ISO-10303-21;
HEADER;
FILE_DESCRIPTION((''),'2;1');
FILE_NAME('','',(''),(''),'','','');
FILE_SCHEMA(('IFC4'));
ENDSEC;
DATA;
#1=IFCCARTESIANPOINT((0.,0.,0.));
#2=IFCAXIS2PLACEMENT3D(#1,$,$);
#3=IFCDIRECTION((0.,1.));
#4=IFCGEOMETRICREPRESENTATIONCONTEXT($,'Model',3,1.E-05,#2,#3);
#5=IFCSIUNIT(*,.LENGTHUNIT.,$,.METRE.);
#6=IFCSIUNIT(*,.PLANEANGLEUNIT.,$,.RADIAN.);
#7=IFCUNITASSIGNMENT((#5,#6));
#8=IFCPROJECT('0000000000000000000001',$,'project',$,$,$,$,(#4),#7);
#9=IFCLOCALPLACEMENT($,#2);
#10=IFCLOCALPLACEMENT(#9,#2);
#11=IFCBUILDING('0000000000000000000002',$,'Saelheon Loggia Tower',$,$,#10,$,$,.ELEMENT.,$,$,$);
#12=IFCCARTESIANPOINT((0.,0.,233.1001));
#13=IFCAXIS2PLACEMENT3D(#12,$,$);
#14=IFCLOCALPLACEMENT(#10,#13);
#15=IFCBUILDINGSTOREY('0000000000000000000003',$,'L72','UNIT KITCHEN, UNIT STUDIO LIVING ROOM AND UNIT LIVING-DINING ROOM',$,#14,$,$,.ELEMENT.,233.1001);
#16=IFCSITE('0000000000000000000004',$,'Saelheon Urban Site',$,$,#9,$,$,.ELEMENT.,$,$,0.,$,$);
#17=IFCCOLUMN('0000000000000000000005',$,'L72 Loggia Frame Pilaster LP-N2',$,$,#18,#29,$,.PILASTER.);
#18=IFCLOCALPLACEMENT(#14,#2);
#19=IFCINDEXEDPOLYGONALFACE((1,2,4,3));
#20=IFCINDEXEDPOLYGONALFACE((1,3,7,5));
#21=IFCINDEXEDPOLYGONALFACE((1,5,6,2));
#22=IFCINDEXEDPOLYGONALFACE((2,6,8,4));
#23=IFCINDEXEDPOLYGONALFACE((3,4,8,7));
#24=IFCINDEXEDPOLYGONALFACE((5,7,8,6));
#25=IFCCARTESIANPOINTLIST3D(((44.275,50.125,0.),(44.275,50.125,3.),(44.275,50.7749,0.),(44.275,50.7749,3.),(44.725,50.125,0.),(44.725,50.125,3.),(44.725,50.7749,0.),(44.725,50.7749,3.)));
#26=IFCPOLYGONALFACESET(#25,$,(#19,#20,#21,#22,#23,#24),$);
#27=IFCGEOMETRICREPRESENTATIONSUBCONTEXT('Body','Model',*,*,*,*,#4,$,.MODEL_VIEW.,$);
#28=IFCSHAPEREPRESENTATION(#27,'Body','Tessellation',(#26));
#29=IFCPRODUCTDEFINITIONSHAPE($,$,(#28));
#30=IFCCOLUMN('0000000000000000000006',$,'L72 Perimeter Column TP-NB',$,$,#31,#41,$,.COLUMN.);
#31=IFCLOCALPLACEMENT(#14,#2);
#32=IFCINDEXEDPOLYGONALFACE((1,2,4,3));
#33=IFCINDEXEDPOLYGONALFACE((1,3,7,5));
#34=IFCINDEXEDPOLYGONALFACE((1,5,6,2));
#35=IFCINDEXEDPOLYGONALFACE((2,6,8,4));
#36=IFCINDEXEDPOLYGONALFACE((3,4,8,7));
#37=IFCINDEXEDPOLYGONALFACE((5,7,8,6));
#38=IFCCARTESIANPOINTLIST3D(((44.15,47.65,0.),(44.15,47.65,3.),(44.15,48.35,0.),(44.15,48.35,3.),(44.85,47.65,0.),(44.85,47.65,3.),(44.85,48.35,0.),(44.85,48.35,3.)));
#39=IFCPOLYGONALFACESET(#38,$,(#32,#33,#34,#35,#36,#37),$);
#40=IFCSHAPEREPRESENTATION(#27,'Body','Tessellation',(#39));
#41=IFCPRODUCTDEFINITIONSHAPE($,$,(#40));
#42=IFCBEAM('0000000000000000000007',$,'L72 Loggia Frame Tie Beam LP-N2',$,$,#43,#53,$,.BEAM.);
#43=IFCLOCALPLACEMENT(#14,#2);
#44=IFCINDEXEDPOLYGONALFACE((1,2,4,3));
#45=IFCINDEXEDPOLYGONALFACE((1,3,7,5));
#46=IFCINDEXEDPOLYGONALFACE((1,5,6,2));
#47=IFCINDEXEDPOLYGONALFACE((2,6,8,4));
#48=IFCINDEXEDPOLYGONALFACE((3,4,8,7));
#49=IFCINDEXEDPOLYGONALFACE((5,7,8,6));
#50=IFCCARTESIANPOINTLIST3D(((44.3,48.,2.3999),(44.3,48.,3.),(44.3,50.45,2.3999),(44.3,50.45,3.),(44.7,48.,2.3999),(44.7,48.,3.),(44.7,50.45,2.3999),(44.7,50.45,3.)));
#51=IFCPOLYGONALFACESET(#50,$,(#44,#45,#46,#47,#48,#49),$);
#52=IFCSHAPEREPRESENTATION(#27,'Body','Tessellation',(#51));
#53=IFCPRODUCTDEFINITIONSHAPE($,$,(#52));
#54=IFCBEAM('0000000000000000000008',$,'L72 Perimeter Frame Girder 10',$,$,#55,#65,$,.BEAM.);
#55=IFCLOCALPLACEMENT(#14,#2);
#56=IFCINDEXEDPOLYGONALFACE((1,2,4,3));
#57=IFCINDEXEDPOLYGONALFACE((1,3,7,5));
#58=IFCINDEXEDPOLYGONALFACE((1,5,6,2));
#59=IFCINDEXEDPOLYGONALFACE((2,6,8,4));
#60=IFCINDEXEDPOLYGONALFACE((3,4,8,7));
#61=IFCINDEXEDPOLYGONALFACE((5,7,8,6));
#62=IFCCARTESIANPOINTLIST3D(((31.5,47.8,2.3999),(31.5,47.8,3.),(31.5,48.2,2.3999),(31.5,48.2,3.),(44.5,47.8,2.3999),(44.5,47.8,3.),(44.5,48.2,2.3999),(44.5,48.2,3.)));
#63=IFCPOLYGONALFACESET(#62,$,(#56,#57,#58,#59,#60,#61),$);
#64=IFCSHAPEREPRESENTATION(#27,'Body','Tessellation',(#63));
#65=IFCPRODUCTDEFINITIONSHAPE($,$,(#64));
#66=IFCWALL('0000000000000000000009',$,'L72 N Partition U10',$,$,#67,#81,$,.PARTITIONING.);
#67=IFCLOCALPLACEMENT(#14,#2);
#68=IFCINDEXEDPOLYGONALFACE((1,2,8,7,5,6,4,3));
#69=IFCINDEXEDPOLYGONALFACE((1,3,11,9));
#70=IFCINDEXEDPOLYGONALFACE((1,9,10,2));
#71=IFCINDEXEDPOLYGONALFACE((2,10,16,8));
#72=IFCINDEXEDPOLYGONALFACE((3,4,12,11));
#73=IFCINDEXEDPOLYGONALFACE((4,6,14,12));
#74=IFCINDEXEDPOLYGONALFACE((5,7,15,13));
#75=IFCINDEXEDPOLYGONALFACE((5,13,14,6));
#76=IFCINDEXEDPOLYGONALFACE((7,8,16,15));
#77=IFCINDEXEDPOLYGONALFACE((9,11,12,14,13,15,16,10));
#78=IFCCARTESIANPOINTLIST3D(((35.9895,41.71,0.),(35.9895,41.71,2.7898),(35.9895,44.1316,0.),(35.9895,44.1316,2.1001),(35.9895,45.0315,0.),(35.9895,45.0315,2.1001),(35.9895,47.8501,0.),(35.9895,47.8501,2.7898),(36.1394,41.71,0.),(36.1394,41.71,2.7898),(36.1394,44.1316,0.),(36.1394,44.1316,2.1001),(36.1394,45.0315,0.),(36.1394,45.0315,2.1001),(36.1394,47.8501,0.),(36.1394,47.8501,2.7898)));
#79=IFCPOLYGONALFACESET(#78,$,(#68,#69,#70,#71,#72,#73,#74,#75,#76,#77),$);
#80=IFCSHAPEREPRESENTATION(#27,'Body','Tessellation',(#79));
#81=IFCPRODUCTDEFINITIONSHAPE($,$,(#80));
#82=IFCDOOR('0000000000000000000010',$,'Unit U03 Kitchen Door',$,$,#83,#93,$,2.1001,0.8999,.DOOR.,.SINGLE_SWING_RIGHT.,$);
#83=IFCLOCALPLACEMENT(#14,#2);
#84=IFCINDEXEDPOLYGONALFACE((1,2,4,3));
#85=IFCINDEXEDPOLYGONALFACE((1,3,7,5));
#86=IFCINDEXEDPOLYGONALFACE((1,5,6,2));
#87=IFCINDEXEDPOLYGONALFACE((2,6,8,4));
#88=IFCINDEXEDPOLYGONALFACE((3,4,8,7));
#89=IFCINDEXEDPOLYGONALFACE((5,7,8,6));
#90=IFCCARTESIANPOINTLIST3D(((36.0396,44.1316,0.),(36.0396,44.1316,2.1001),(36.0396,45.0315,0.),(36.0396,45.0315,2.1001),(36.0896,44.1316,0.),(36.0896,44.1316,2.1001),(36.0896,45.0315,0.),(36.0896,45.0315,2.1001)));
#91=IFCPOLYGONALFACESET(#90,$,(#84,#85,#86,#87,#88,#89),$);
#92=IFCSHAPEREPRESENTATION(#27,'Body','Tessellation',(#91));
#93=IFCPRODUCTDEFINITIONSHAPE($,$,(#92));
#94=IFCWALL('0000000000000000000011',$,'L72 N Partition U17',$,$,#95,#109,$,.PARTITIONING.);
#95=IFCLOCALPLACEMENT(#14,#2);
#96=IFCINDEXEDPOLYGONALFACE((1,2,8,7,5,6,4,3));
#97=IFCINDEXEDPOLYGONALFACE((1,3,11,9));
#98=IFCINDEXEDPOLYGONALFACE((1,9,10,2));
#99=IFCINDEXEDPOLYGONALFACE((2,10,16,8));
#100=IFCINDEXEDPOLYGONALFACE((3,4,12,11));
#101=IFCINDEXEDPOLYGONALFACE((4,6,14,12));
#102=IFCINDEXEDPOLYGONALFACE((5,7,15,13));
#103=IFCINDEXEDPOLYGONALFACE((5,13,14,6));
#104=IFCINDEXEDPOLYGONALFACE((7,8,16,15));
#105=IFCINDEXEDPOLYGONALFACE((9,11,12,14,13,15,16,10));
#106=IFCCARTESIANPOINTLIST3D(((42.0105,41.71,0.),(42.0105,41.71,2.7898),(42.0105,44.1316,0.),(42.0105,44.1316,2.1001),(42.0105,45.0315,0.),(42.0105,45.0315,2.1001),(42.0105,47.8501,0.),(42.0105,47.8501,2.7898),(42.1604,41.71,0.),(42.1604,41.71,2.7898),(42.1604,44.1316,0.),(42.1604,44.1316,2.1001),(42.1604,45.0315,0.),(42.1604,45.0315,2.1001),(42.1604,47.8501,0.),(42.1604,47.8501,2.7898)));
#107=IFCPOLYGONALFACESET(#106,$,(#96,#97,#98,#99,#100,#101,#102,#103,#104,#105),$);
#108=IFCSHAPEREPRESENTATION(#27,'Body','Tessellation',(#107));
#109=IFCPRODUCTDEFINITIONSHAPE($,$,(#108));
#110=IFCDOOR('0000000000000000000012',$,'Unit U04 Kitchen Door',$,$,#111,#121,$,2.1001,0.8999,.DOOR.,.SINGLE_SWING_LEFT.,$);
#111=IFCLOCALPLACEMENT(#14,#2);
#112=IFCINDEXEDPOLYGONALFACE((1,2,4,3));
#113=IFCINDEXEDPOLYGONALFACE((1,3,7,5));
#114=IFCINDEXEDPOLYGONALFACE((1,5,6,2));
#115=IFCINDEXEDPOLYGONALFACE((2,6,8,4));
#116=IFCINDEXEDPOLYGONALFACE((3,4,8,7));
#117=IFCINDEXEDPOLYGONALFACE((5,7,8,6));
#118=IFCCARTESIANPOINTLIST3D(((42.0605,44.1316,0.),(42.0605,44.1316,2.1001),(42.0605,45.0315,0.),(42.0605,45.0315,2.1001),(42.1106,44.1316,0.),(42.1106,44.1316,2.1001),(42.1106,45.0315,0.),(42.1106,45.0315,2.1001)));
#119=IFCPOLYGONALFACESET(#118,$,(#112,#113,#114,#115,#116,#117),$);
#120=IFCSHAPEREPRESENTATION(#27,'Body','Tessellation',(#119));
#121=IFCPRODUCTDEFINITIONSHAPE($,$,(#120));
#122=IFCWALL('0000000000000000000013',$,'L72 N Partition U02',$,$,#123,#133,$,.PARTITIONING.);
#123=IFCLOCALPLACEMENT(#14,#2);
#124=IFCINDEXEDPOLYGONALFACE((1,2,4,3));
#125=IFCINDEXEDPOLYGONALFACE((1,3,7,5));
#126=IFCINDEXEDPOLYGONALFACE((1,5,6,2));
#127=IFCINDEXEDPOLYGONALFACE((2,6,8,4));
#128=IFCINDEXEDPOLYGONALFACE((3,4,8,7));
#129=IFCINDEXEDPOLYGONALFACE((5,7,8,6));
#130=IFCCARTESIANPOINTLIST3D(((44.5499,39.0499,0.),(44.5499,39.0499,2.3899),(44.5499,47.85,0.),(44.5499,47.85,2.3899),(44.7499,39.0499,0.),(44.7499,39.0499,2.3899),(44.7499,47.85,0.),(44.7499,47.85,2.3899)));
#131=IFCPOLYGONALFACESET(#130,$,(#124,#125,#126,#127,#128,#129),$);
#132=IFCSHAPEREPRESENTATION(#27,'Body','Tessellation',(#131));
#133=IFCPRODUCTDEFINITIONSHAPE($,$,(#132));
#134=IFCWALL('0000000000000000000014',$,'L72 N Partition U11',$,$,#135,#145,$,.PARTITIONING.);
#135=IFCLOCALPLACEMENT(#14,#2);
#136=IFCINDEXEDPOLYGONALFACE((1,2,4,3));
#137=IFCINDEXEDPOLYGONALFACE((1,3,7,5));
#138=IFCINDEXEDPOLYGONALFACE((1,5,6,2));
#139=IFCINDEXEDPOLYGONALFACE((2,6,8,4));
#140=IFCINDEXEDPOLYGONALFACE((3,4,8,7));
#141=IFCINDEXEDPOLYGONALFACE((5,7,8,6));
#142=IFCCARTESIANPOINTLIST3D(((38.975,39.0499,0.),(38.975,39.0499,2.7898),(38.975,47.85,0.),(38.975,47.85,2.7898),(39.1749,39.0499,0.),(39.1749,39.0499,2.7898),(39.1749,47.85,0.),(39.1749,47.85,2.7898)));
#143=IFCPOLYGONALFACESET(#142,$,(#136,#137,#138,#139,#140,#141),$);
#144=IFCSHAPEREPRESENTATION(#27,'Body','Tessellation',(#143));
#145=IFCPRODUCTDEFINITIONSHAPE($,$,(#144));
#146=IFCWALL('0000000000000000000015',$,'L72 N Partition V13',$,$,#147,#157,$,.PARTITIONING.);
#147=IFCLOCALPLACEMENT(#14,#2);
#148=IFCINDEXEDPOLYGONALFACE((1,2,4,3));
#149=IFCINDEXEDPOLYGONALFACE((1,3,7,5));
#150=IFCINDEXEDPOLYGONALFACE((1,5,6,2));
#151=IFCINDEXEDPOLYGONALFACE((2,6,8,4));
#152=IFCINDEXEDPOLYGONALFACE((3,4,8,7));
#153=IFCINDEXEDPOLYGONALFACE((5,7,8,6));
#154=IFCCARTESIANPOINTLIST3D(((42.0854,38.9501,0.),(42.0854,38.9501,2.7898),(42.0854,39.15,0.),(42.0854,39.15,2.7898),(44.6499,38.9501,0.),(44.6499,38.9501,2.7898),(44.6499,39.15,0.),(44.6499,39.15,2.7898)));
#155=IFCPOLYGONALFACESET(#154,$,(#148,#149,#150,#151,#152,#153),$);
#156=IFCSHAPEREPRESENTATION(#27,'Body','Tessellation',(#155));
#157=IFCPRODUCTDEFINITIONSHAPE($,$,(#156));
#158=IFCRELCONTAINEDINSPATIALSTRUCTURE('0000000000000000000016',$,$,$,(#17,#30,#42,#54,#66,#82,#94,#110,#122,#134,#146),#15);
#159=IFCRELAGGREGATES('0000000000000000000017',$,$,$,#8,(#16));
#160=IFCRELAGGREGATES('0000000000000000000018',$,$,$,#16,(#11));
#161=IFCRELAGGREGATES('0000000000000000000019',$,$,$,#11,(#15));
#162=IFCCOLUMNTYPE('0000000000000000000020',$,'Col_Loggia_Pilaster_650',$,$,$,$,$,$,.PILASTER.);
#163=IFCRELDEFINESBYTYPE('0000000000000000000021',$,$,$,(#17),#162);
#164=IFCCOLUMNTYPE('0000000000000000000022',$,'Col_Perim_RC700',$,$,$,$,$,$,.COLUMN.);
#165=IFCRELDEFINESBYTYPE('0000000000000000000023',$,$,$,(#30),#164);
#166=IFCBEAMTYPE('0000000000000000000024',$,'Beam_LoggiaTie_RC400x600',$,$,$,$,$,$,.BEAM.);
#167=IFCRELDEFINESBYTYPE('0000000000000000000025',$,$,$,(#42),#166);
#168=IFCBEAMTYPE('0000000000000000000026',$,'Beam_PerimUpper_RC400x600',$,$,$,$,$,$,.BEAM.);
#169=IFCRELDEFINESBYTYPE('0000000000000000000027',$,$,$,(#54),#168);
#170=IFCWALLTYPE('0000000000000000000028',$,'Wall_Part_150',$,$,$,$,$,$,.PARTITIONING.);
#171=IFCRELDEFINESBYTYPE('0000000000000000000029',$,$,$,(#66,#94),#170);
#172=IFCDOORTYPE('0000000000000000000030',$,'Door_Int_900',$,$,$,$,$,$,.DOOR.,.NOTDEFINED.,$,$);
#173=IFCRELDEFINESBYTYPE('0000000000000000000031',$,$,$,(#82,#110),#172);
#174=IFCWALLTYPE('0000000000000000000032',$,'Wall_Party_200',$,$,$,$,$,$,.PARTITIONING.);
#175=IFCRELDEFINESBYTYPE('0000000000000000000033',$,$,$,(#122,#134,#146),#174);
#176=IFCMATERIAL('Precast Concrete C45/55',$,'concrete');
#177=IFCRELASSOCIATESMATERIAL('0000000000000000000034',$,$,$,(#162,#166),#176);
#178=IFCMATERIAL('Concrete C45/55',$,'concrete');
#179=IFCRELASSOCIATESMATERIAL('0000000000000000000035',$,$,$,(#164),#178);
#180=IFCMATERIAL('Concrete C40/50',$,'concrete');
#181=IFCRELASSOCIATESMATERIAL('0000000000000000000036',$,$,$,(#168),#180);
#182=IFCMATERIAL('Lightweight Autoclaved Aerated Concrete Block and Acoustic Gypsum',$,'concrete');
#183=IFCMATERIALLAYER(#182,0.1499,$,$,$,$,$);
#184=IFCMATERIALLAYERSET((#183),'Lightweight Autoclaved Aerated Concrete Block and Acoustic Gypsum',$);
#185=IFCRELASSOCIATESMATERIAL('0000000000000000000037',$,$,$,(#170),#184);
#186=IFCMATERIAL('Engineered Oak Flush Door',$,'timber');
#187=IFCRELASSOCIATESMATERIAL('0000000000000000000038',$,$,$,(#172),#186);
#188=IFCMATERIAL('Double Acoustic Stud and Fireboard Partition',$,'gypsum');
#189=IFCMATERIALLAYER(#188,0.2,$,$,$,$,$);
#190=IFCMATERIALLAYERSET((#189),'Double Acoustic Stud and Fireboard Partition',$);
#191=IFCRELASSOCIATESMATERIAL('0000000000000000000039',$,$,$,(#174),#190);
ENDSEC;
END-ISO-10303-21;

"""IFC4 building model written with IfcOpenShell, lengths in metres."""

from ifc_helpers import new_model, si_unit, direction, frame, frame_2d, origin, origin_2d, place, context, subcontext, project, spatial, rectangle, extrude, source, transform, mapped, material, layer, layer_set, material_profile, profile_set, type_object, element, fill, save


model = new_model("IFC4")

# Units and contexts
model_context = context("Model", 3, precision=1e-05, world=origin(), true_north=direction((0.0, 1.0)))
body_context = subcontext(model_context, "Body", "Model", "MODEL_VIEW")
ifc_project = project(units=[si_unit("LENGTHUNIT", "METRE"), si_unit("PLANEANGLEUNIT", "RADIAN")], contexts=[model_context])

# Site, building, storey
site_placement = place(None, origin())
site = spatial("IfcSite", under=ifc_project, at=site_placement, Name="Saelheon Urban Site", CompositionType="ELEMENT", RefElevation=0.0)
building_placement = place(site_placement, origin())
building = spatial("IfcBuilding", under=site, at=building_placement, Name="Saelheon Loggia Tower", CompositionType="ELEMENT")
storey_placement = place(building_placement, frame((0.0, 0.0, 233.1001)))
storey = spatial("IfcBuildingStorey", under=building, at=storey_placement, Name="L72", Description="UNIT KITCHEN, UNIT STUDIO LIVING ROOM AND UNIT LIVING-DINING ROOM", CompositionType="ELEMENT", Elevation=233.1001)

# Columns
ifc_material_1 = material(Name="Precast Concrete C45/55", Category="concrete")
ifc_material_profile_1 = material_profile(ifc_material_1, rectangle(XDim=0.45, YDim=0.6499, at=origin_2d()), Name="RC-450x650")
ifc_profile_set_1 = profile_set([ifc_material_profile_1], Name="Precast Concrete C45/55")
column_type_1 = type_object("IfcColumnType", Name="Col_Loggia_Pilaster_650", PredefinedType="PILASTER", material=ifc_profile_set_1)
shared_shape_1 = source(origin(), body_context, "Body", "SweptSolid", [
    extrude(rectangle(XDim=0.45, YDim=0.6499, at=origin_2d()), origin(), (0.0, 0.0, 1.0), 3.0),
])
column_1_placement = place(storey_placement, frame((44.5, 50.45, 0.0), z_axis=(0.0, 0.0, 1.0), x_axis=(1.0, 0.0, 0.0)))
element("IfcColumn", 1, at=column_1_placement, inside=storey, type_object=column_type_1, Name="L72 Loggia Frame Pilaster LP-N2", PredefinedType="PILASTER", context=body_context, shape_type="MappedRepresentation", body=[
    mapped(shared_shape_1, transform((0.0, 0.0, 0.0), scale=1.0)),
])
ifc_material_2 = material(Name="Concrete C45/55", Category="concrete")
ifc_material_profile_2 = material_profile(ifc_material_2, rectangle(XDim=0.7, YDim=0.7, at=origin_2d()), Name="RC-700x700")
ifc_profile_set_2 = profile_set([ifc_material_profile_2], Name="Concrete C45/55")
column_type_2 = type_object("IfcColumnType", Name="Col_Perim_RC700", PredefinedType="COLUMN", material=ifc_profile_set_2)
shared_shape_2 = source(origin(), body_context, "Body", "SweptSolid", [
    extrude(rectangle(XDim=0.7, YDim=0.7, at=origin_2d()), origin(), (0.0, 0.0, 1.0), 3.0),
])
column_2_placement = place(storey_placement, frame((44.5, 48.0, 0.0), z_axis=(0.0, 0.0, 1.0), x_axis=(1.0, 0.0, 0.0)))
element("IfcColumn", 2, at=column_2_placement, inside=storey, type_object=column_type_2, Name="L72 Perimeter Column TP-NB", PredefinedType="COLUMN", context=body_context, shape_type="MappedRepresentation", body=[
    mapped(shared_shape_2, transform((0.0, 0.0, 0.0), scale=1.0)),
])

# Beams
ifc_material_profile_3 = material_profile(ifc_material_1, rectangle(XDim=0.3999, YDim=0.6001, at=origin_2d()), Name="RC-400x600")
ifc_profile_set_3 = profile_set([ifc_material_profile_3], Name="Precast Concrete C45/55")
beam_type_1 = type_object("IfcBeamType", Name="Beam_LoggiaTie_RC400x600", PredefinedType="BEAM", material=ifc_profile_set_3)
shared_shape_3 = source(origin(), body_context, "Body", "SweptSolid", [
    extrude(rectangle(XDim=0.3999, YDim=0.6001, at=origin_2d()), origin(), (0.0, 0.0, 1.0), 2.45),
])
beam_1_placement = place(storey_placement, frame((44.5, 48.0, 2.7), z_axis=(0.0, 1.0, 0.0), x_axis=(-1.0, 0.0, 0.0)))
element("IfcBeam", 3, at=beam_1_placement, inside=storey, type_object=beam_type_1, Name="L72 Loggia Frame Tie Beam LP-N2", PredefinedType="BEAM", context=body_context, shape_type="MappedRepresentation", body=[
    mapped(shared_shape_3, transform((0.0, 0.0, 0.0), scale=1.0)),
])
ifc_material_3 = material(Name="Concrete C40/50", Category="concrete")
ifc_material_profile_4 = material_profile(ifc_material_3, rectangle(XDim=0.3999, YDim=0.6001, at=origin_2d()), Name="RC-400x600")
ifc_profile_set_4 = profile_set([ifc_material_profile_4], Name="Concrete C40/50")
beam_type_2 = type_object("IfcBeamType", Name="Beam_PerimUpper_RC400x600", PredefinedType="BEAM", material=ifc_profile_set_4)
shared_shape_4 = source(origin(), body_context, "Body", "SweptSolid", [
    extrude(rectangle(XDim=0.3999, YDim=0.6001, at=origin_2d()), origin(), (0.0, 0.0, 1.0), 13.0),
])
beam_2_placement = place(storey_placement, frame((44.5, 48.0, 2.7), z_axis=(-1.0, 0.0, 0.0), x_axis=(0.0, -1.0, 0.0)))
element("IfcBeam", 4, at=beam_2_placement, inside=storey, type_object=beam_type_2, Name="L72 Perimeter Frame Girder 10", PredefinedType="BEAM", context=body_context, shape_type="MappedRepresentation", body=[
    mapped(shared_shape_4, transform((0.0, 0.0, 0.0), scale=1.0)),
])

# Walls, openings, doors
ifc_material_4 = material(Name="Lightweight Autoclaved Aerated Concrete Block and Acoustic Gypsum", Category="concrete")
ifc_layer_1 = layer(ifc_material_4, 0.1499)
ifc_layer_set_1 = layer_set([ifc_layer_1], Name="Lightweight Autoclaved Aerated Concrete Block and Acoustic Gypsum")
wall_type_1 = type_object("IfcWallType", Name="Wall_Part_150", PredefinedType="PARTITIONING", material=ifc_layer_set_1)
wall_1_placement = place(storey_placement, frame((36.0645, 41.71, 0.0), z_axis=(0.0, 0.0, 1.0), x_axis=(0.0, 1.0, 0.0)))
wall_1 = element("IfcWall", 5, at=wall_1_placement, inside=storey, type_object=wall_type_1, Name="L72 N Partition U10", PredefinedType="PARTITIONING", context=body_context, shape_type="SweptSolid", body=[
    extrude(rectangle(XDim=6.1401, YDim=0.1499, at=frame_2d((3.0701, 0.0))), origin(), (0.0, 0.0, 1.0), 2.7898),
])
opening_1_placement = place(wall_1_placement, frame((2.4216, 0.0, 0.0)))
opening_1 = element("IfcOpeningElement", 6, at=opening_1_placement, cuts=wall_1, PredefinedType="OPENING", context=body_context, shape_type="SweptSolid", body=[
    extrude(rectangle(XDim=0.8999, YDim=2.1001, at=frame_2d((0.45, 1.05))), frame((0.0, 0.0869, 0.0), z_axis=(0.0, -1.0, 0.0), x_axis=(1.0, 0.0, 0.0)), (0.0, 0.0, 1.0), 0.1738),
])
ifc_material_5 = material(Name="Engineered Oak Flush Door", Category="timber")
door_type_1 = type_object("IfcDoorType", Name="Door_Int_900", OperationType="NOTDEFINED", PredefinedType="DOOR", material=ifc_material_5)
shared_shape_5 = source(origin(), body_context, "Body", "SweptSolid", [
    extrude(rectangle(XDim=0.8999, YDim=2.1001, at=frame_2d((0.45, 1.05))), frame((0.0, 0.0249, 0.0), z_axis=(0.0, -1.0, 0.0), x_axis=(1.0, 0.0, 0.0)), (0.0, 0.0, 1.0), 0.05),
])
door_1_placement = place(opening_1_placement, origin())
door_1 = element("IfcDoor", 7, at=door_1_placement, inside=storey, type_object=door_type_1, Name="Unit U03 Kitchen Door", OperationType="SINGLE_SWING_RIGHT", OverallHeight=2.1001, OverallWidth=0.8999, PredefinedType="DOOR", context=body_context, shape_type="MappedRepresentation", body=[
    mapped(shared_shape_5, transform((0.0, 0.0, 0.0), scale=1.0)),
])
fill(opening_1, door_1)
wall_2_placement = place(storey_placement, frame((42.0854, 41.71, 0.0), z_axis=(0.0, 0.0, 1.0), x_axis=(0.0, 1.0, 0.0)))
wall_2 = element("IfcWall", 8, at=wall_2_placement, inside=storey, type_object=wall_type_1, Name="L72 N Partition U17", PredefinedType="PARTITIONING", context=body_context, shape_type="SweptSolid", body=[
    extrude(rectangle(XDim=6.1401, YDim=0.1499, at=frame_2d((3.0701, 0.0))), origin(), (0.0, 0.0, 1.0), 2.7898),
])
opening_2_placement = place(wall_2_placement, frame((2.4216, 0.0, 0.0)))
opening_2 = element("IfcOpeningElement", 9, at=opening_2_placement, cuts=wall_2, PredefinedType="OPENING", context=body_context, shape_type="SweptSolid", body=[
    extrude(rectangle(XDim=0.8999, YDim=2.1001, at=frame_2d((0.45, 1.05))), frame((0.0, 0.0869, 0.0), z_axis=(0.0, -1.0, 0.0), x_axis=(1.0, 0.0, 0.0)), (0.0, 0.0, 1.0), 0.1738),
])
door_2_placement = place(opening_2_placement, origin())
door_2 = element("IfcDoor", 10, at=door_2_placement, inside=storey, type_object=door_type_1, Name="Unit U04 Kitchen Door", OperationType="SINGLE_SWING_LEFT", OverallHeight=2.1001, OverallWidth=0.8999, PredefinedType="DOOR", context=body_context, shape_type="MappedRepresentation", body=[
    mapped(shared_shape_5, transform((0.0, 0.0, 0.0), scale=1.0)),
])
fill(opening_2, door_2)

# Wall
ifc_material_6 = material(Name="Double Acoustic Stud and Fireboard Partition", Category="gypsum")
ifc_layer_2 = layer(ifc_material_6, 0.2)
ifc_layer_set_2 = layer_set([ifc_layer_2], Name="Double Acoustic Stud and Fireboard Partition")
wall_type_2 = type_object("IfcWallType", Name="Wall_Party_200", PredefinedType="PARTITIONING", material=ifc_layer_set_2)
wall_3_placement = place(storey_placement, frame((44.6499, 39.05, 0.0), z_axis=(0.0, 0.0, 1.0), x_axis=(0.0, 1.0, 0.0)))
element("IfcWall", 11, at=wall_3_placement, inside=storey, type_object=wall_type_2, Name="L72 N Partition U02", PredefinedType="PARTITIONING", context=body_context, shape_type="SweptSolid", body=[
    extrude(rectangle(XDim=8.8, YDim=0.2, at=frame_2d((4.3999, 0.0))), origin(), (0.0, 0.0, 1.0), 2.3899),
])

# Wall
wall_4_placement = place(storey_placement, frame((39.075, 39.05, 0.0), z_axis=(0.0, 0.0, 1.0), x_axis=(0.0, 1.0, 0.0)))
element("IfcWall", 12, at=wall_4_placement, inside=storey, type_object=wall_type_2, Name="L72 N Partition U11", PredefinedType="PARTITIONING", context=body_context, shape_type="SweptSolid", body=[
    extrude(rectangle(XDim=8.8, YDim=0.2, at=frame_2d((4.3999, 0.0))), origin(), (0.0, 0.0, 1.0), 2.7898),
])

# Wall
wall_5_placement = place(storey_placement, frame((42.0854, 39.05, 0.0), z_axis=(0.0, 0.0, 1.0), x_axis=(1.0, 0.0, 0.0)))
element("IfcWall", 13, at=wall_5_placement, inside=storey, type_object=wall_type_2, Name="L72 N Partition V13", PredefinedType="PARTITIONING", context=body_context, shape_type="SweptSolid", body=[
    extrude(rectangle(XDim=2.5645, YDim=0.2, at=frame_2d((1.2822, 0.0))), origin(), (0.0, 0.0, 1.0), 2.7898),
])

save(model, "model.ifc")
